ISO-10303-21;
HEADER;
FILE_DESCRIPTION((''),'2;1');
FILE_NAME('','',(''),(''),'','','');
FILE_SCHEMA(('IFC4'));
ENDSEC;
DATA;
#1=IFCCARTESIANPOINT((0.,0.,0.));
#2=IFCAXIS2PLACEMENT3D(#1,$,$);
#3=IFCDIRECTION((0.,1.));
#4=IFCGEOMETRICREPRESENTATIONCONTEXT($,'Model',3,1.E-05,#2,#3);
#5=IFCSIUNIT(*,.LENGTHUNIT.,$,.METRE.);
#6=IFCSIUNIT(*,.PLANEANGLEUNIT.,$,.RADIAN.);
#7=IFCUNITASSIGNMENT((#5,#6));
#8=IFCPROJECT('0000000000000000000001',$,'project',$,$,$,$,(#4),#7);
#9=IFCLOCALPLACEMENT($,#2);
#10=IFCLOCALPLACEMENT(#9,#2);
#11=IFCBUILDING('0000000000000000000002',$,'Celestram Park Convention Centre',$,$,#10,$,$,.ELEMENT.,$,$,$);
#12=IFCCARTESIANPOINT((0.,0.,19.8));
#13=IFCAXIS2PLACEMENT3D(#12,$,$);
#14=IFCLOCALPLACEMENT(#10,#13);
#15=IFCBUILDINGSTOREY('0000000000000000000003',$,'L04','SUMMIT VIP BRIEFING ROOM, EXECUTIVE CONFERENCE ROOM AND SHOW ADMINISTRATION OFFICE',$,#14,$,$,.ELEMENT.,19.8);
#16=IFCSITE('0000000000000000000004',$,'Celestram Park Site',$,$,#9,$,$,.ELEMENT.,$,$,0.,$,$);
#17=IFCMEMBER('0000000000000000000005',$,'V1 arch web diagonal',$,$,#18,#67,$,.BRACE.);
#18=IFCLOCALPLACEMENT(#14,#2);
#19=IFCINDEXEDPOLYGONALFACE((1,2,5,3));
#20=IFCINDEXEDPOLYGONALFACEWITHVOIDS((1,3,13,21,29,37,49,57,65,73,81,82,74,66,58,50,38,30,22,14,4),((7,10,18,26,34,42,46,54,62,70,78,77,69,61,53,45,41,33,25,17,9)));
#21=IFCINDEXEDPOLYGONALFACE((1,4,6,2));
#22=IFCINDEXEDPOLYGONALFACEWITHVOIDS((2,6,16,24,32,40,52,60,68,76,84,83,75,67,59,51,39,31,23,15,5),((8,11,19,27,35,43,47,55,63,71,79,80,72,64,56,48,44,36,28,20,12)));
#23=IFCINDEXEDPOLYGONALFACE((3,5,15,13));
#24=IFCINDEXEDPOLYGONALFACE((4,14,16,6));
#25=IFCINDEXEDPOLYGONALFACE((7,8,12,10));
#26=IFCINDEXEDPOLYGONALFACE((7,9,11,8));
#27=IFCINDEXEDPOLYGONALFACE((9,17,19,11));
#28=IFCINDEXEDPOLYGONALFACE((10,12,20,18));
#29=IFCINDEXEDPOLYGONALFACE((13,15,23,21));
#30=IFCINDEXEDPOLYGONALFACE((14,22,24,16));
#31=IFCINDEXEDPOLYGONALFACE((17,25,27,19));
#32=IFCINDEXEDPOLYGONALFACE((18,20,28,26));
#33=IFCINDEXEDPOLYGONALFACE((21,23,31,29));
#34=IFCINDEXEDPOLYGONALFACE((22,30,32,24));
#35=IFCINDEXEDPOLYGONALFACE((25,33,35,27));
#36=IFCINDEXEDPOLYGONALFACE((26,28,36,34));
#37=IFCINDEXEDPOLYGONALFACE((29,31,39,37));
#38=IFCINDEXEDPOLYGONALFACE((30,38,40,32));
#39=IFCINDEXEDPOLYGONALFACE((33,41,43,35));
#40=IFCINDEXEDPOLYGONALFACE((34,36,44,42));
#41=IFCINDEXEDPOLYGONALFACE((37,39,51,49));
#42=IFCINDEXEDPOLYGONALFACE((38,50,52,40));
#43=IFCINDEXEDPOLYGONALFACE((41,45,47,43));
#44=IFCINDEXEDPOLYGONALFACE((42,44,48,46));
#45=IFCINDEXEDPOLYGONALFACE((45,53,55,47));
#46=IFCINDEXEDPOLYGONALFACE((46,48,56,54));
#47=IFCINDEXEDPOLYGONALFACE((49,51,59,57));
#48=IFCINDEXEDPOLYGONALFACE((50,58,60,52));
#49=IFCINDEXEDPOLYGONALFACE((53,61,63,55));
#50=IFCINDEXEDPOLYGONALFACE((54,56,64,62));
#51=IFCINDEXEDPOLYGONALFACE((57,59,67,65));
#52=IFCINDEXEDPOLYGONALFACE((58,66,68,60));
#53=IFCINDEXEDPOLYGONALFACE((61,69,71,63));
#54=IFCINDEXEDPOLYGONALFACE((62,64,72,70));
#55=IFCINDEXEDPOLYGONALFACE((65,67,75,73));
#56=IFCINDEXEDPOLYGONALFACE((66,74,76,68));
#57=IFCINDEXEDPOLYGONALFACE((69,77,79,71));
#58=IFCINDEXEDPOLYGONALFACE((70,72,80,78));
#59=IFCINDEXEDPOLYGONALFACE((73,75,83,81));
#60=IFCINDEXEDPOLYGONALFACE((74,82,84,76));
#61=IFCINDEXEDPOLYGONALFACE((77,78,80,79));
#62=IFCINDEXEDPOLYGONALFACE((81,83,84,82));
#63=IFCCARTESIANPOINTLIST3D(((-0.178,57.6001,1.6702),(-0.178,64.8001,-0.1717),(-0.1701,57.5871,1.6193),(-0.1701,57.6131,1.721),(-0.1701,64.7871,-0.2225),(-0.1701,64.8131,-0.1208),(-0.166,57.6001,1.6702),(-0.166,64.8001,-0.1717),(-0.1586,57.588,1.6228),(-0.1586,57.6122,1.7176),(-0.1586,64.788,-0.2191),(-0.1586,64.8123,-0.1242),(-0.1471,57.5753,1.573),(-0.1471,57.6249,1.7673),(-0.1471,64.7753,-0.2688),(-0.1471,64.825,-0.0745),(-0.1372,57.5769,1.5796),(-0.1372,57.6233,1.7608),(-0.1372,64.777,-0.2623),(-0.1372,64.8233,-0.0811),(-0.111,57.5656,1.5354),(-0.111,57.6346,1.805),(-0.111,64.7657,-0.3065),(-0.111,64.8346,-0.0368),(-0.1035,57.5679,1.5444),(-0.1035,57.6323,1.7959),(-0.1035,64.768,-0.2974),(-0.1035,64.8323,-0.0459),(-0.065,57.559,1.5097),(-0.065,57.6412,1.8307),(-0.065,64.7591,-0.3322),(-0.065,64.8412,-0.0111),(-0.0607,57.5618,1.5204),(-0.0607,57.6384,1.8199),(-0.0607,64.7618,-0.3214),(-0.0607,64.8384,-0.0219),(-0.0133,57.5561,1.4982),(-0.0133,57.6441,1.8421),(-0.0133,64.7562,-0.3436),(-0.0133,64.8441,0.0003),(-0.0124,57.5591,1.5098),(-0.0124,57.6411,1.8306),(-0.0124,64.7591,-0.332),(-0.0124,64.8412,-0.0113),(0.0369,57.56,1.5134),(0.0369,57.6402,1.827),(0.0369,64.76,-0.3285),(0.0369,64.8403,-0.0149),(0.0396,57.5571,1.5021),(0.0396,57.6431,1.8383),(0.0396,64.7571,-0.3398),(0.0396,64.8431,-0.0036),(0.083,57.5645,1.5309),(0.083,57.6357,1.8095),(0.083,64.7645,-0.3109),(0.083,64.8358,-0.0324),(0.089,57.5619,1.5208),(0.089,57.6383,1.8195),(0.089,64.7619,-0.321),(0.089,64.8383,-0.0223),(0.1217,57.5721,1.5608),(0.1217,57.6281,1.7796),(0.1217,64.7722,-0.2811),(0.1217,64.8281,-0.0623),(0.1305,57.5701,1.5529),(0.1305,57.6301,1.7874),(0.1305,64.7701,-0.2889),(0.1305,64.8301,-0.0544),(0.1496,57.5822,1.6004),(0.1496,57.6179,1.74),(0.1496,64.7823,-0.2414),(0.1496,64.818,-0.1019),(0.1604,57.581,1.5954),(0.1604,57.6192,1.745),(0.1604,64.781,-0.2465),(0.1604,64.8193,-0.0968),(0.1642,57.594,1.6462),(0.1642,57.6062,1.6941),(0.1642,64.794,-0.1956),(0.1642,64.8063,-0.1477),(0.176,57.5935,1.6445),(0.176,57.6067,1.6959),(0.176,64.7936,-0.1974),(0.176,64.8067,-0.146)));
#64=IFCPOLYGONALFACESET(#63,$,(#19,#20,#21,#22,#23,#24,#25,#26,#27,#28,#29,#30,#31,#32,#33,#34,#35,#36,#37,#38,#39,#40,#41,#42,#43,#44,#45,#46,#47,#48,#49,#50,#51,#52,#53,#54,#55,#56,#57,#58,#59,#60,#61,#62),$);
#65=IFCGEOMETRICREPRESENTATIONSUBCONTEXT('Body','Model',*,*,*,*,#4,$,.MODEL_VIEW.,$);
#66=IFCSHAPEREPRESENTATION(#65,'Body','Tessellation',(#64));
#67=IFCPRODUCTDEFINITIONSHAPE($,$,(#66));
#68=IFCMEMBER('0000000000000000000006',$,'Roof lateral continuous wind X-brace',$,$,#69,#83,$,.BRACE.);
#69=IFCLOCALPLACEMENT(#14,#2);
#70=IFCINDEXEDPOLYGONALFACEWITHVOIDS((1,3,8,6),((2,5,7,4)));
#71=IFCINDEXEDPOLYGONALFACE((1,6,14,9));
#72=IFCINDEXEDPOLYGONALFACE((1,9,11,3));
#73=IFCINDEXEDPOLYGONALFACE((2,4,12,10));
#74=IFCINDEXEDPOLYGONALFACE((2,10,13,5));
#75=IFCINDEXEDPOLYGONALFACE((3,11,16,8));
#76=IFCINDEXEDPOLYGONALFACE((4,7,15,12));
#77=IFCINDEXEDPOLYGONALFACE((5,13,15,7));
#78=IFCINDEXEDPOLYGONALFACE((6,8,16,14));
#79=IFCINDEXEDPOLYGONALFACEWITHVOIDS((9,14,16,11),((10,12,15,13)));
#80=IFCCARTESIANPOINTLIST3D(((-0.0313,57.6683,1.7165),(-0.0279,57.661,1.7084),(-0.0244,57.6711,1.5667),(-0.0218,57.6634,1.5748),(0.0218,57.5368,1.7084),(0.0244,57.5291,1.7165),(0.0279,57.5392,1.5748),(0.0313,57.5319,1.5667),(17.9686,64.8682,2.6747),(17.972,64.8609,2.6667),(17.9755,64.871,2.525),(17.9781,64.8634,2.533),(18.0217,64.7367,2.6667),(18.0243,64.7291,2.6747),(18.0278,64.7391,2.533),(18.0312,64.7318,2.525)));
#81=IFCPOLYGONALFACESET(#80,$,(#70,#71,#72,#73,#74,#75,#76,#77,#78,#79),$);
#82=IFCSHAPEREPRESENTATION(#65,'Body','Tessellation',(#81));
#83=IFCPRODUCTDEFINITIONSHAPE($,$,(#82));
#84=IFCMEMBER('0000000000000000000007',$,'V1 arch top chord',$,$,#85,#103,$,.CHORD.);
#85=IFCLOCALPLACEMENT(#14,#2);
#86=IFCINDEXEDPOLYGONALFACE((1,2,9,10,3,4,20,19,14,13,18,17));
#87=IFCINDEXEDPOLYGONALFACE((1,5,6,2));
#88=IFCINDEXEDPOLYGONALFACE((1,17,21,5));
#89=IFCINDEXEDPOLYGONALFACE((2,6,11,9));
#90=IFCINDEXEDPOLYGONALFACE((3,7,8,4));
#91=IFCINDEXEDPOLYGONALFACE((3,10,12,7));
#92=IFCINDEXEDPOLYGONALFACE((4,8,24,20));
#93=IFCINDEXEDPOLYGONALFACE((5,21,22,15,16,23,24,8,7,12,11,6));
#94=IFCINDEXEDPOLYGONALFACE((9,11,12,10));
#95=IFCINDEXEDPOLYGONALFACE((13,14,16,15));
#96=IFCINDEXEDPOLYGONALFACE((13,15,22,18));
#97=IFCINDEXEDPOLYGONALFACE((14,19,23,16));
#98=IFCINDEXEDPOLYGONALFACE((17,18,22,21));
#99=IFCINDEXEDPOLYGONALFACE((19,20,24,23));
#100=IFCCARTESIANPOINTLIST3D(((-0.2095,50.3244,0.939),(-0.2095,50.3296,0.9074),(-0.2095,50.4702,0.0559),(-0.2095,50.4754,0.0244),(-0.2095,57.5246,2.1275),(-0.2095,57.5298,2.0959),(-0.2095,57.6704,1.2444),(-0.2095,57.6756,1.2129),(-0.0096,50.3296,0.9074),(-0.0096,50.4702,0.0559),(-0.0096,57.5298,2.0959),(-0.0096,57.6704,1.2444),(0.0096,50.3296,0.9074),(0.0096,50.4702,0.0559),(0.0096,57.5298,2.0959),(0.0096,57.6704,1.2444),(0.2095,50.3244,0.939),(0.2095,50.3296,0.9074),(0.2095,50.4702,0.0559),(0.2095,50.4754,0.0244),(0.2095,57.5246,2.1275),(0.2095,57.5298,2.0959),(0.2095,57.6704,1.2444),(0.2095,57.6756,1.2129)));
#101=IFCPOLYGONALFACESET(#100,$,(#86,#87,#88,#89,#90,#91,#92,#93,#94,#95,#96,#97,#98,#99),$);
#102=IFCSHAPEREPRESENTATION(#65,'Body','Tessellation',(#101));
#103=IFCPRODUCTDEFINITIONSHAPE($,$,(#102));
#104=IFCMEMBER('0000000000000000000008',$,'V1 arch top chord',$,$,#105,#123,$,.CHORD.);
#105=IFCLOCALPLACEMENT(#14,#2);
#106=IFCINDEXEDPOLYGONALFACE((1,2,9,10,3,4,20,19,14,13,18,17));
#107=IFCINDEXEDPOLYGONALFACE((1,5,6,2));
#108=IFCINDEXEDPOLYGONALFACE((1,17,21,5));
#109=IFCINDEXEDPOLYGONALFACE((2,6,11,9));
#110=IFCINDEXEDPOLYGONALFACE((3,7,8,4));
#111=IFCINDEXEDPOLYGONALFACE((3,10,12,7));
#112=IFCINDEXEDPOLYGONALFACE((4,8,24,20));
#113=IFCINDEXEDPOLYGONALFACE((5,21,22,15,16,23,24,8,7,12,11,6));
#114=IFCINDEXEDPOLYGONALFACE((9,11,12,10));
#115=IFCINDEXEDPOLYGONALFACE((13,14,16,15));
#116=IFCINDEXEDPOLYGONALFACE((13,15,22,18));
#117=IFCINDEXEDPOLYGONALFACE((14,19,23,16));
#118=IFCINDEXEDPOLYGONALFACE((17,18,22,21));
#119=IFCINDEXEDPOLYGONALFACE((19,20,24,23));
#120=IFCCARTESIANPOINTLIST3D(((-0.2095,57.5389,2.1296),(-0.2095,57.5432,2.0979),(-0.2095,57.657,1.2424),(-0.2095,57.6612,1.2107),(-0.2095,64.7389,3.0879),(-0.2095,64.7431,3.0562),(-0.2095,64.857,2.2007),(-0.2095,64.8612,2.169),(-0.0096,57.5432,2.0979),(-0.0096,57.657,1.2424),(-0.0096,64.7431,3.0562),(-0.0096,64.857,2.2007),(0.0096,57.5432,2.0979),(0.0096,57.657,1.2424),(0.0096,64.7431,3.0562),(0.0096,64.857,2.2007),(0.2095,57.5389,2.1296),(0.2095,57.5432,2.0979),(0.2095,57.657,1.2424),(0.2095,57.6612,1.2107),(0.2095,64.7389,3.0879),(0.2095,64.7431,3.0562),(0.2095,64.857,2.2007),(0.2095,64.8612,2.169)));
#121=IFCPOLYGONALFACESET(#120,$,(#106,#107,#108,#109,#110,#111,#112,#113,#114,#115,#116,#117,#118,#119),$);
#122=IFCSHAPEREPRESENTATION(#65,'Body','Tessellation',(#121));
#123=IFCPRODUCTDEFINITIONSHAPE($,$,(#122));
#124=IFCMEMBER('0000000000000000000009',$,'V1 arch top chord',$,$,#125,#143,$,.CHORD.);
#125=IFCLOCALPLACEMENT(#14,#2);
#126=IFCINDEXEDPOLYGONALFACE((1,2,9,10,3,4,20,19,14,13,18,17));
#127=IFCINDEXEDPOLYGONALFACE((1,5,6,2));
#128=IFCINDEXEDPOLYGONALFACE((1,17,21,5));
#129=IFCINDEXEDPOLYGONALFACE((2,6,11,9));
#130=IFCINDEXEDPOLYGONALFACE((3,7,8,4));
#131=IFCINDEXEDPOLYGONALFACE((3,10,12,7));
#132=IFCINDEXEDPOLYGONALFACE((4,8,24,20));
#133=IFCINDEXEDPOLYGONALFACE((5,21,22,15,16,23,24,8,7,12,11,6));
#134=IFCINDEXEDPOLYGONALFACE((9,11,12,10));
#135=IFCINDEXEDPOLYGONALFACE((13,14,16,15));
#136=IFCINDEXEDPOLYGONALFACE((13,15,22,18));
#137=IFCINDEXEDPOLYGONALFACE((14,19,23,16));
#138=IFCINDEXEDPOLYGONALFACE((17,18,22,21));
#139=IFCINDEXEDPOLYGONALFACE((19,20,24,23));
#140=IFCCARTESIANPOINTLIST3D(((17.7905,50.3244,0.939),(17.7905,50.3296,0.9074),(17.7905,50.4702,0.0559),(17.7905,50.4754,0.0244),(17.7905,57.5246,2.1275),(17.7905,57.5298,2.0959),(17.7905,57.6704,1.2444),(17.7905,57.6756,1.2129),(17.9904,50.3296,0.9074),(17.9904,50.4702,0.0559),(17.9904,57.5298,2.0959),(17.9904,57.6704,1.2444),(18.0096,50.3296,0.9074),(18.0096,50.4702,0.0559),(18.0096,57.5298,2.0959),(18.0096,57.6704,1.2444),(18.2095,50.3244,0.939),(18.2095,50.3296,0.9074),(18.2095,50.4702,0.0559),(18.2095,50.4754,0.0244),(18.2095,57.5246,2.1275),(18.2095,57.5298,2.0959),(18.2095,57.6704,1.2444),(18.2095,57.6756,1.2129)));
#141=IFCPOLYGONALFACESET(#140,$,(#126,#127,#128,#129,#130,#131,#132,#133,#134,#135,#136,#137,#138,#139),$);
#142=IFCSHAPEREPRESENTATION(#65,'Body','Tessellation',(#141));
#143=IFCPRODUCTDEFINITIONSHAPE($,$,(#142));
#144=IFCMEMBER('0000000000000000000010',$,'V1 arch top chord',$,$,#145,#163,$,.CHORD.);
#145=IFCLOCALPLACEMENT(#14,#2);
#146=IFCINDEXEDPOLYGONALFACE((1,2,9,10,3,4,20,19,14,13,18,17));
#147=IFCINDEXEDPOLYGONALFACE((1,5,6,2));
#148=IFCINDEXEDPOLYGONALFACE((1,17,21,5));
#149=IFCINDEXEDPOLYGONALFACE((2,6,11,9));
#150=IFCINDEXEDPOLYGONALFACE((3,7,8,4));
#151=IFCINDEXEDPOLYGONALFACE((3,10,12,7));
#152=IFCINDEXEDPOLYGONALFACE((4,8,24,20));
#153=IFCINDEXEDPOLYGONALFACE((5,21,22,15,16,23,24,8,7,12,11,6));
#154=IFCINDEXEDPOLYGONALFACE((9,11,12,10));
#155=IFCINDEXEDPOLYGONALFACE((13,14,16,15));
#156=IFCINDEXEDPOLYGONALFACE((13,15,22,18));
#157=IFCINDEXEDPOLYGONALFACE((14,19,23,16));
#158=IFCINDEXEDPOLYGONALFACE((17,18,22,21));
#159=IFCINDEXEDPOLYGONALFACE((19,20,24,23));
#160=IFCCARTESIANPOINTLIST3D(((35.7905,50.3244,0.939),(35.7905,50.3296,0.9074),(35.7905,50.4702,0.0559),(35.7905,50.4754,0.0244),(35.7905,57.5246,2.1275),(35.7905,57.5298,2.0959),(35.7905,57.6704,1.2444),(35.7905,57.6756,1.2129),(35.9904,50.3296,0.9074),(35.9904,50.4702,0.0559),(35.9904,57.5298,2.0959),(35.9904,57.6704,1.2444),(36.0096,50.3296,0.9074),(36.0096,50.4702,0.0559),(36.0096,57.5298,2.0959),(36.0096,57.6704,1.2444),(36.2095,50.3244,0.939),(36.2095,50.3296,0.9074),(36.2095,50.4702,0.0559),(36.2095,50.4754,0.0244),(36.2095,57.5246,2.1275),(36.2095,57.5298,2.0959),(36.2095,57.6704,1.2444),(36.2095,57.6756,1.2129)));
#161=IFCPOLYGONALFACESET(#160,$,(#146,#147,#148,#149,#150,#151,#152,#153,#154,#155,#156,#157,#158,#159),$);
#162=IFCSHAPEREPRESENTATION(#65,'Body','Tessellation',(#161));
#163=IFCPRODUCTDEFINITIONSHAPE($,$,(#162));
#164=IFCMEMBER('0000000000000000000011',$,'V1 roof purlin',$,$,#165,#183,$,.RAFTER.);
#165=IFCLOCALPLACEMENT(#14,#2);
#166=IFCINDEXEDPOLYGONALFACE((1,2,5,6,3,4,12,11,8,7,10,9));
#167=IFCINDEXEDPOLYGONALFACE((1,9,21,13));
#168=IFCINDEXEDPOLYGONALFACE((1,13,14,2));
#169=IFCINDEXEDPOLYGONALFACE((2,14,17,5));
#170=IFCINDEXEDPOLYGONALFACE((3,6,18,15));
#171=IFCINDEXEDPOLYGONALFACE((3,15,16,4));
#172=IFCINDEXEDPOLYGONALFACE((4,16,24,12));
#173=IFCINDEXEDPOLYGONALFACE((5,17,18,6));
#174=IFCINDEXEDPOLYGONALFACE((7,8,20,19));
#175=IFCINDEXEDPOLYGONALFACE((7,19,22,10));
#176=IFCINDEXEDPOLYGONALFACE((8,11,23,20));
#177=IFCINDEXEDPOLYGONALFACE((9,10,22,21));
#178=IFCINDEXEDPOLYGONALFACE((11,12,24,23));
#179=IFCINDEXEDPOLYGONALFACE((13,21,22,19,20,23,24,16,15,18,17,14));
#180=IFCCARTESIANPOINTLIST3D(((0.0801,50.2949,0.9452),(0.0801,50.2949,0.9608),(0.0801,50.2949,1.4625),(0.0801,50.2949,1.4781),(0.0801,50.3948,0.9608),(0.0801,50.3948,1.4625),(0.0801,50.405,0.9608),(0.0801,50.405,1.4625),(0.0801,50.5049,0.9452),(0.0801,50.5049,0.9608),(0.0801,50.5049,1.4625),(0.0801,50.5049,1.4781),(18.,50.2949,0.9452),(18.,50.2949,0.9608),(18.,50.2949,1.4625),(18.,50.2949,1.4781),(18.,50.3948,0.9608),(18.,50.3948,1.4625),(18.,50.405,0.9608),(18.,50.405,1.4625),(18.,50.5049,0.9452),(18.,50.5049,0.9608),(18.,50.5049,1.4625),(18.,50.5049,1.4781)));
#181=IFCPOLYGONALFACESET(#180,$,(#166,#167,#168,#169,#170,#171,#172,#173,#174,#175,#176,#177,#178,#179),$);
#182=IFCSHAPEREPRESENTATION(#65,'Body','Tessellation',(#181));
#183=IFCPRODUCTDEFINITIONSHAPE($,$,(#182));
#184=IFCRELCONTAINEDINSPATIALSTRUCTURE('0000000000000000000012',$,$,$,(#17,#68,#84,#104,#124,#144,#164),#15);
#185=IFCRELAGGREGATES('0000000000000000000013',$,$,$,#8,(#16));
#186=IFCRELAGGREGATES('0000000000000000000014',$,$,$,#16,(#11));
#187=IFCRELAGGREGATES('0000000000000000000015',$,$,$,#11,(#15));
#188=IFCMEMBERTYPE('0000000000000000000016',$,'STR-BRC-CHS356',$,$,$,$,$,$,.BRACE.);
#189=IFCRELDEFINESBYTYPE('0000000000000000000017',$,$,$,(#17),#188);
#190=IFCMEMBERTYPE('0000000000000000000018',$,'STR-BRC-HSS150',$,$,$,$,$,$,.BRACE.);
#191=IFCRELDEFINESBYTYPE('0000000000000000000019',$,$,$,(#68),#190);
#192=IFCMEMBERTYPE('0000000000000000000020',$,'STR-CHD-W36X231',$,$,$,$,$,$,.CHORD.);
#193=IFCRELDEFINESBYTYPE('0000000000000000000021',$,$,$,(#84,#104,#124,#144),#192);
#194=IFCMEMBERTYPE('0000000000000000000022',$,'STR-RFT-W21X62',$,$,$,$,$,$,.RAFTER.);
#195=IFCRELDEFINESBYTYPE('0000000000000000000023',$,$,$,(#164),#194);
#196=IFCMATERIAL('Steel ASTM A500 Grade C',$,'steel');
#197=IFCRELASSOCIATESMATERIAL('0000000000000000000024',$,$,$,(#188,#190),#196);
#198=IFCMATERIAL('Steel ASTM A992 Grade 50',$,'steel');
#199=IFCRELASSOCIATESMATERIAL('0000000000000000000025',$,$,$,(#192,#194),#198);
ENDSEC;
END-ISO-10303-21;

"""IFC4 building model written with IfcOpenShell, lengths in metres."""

from ifc_helpers import new_model, si_unit, direction, frame, origin, origin_2d, place, context, subcontext, project, spatial, hollow_rectangle, hollow_circle, i_section, extrude, material, material_profile, profile_set, type_object, element, save


model = new_model("IFC4")

# Units and contexts
model_context = context("Model", 3, precision=1e-05, world=origin(), true_north=direction((0.0, 1.0)))
body_context = subcontext(model_context, "Body", "Model", "MODEL_VIEW")
ifc_project = project(units=[si_unit("LENGTHUNIT", "METRE"), si_unit("PLANEANGLEUNIT", "RADIAN")], contexts=[model_context])

# Site, building, storey
site_placement = place(None, origin())
site = spatial("IfcSite", under=ifc_project, at=site_placement, Name="Celestram Park Site", CompositionType="ELEMENT", RefElevation=0.0)
building_placement = place(site_placement, origin())
building = spatial("IfcBuilding", under=site, at=building_placement, Name="Celestram Park Convention Centre", CompositionType="ELEMENT")
storey_placement = place(building_placement, frame((0.0, 0.0, 19.8)))
storey = spatial("IfcBuildingStorey", under=building, at=storey_placement, Name="L04", Description="SUMMIT VIP BRIEFING ROOM, EXECUTIVE CONFERENCE ROOM AND SHOW ADMINISTRATION OFFICE", CompositionType="ELEMENT", Elevation=19.8)

# Members
ifc_material_1 = material(Name="Steel ASTM A500 Grade C", Category="steel")
ifc_material_profile_1 = material_profile(ifc_material_1, hollow_circle(Radius=0.178, WallThickness=0.012, at=origin_2d()), Name="CHS356X12")
ifc_profile_set_1 = profile_set([ifc_material_profile_1], Name="Steel ASTM A500 Grade C")
member_type_1 = type_object("IfcMemberType", Name="STR-BRC-CHS356", PredefinedType="BRACE", material=ifc_profile_set_1)
member_1_placement = place(storey_placement, frame((0.0, 57.6001, 1.6702), z_axis=(0.0, 0.968804, -0.247827), x_axis=(-1.0, 0.0, 0.0)))
element("IfcMember", 1, at=member_1_placement, inside=storey, type_object=member_type_1, Name="V1 arch web diagonal", PredefinedType="BRACE", context=body_context, shape_type="SweptSolid", body=[
    extrude(hollow_circle(Radius=0.178, WallThickness=0.012, at=origin_2d()), origin(), (0.0, 0.0, 1.0), 7.4319),
])
ifc_material_profile_2 = material_profile(ifc_material_1, hollow_rectangle(XDim=0.1499, YDim=0.1499, WallThickness=0.0081, at=origin_2d()), Name="HSS150X150X8")
ifc_profile_set_2 = profile_set([ifc_material_profile_2], Name="Steel ASTM A500 Grade C")
member_type_2 = type_object("IfcMemberType", Name="STR-BRC-HSS150", PredefinedType="BRACE", material=ifc_profile_set_2)
member_2_placement = place(storey_placement, frame((0.0, 57.6001, 1.6416), z_axis=(0.927345, 0.370936, 0.049368), x_axis=(-0.371389, 0.928478, 0.0)))
element("IfcMember", 2, at=member_2_placement, inside=storey, type_object=member_type_2, Name="Roof lateral continuous wind X-brace", PredefinedType="BRACE", context=body_context, shape_type="SweptSolid", body=[
    extrude(hollow_rectangle(XDim=0.1499, YDim=0.1499, WallThickness=0.0081, at=origin_2d()), origin(), (0.0, 0.0, 1.0), 19.4102),
])
ifc_material_2 = material(Name="Steel ASTM A992 Grade 50", Category="steel")
ifc_material_profile_3 = material_profile(ifc_material_2, i_section(OverallWidth=0.4189, OverallDepth=0.927, WebThickness=0.0193, FlangeThickness=0.032, at=origin_2d()), Name="W36X231")
ifc_profile_set_3 = profile_set([ifc_material_profile_3], Name="Steel ASTM A992 Grade 50")
member_type_3 = type_object("IfcMemberType", Name="STR-CHD-W36X231", PredefinedType="CHORD", material=ifc_profile_set_3)
member_3_placement = place(storey_placement, frame((0.0, 50.3999, 0.4817), z_axis=(0.0, 0.98665, 0.162858), x_axis=(-1.0, 0.0, 0.0)))
element("IfcMember", 3, at=member_3_placement, inside=storey, type_object=member_type_3, Name="V1 arch top chord", PredefinedType="CHORD", context=body_context, shape_type="SweptSolid", body=[
    extrude(i_section(OverallWidth=0.4189, OverallDepth=0.927, WebThickness=0.0193, FlangeThickness=0.032, at=origin_2d()), origin(), (0.0, 0.0, 1.0), 7.2976),
])
member_4_placement = place(storey_placement, frame((0.0, 57.6001, 1.6702), z_axis=(0.0, 0.991259, 0.131928), x_axis=(-1.0, 0.0, 0.0)))
element("IfcMember", 4, at=member_4_placement, inside=storey, type_object=member_type_3, Name="V1 arch top chord", PredefinedType="CHORD", context=body_context, shape_type="SweptSolid", body=[
    extrude(i_section(OverallWidth=0.4189, OverallDepth=0.927, WebThickness=0.0193, FlangeThickness=0.032, at=origin_2d()), origin(), (0.0, 0.0, 1.0), 7.2634),
])
for number, where, z_axis, x_axis, name in (
    (5, (18.0, 50.3999, 0.4817), (0.0, 0.98665, 0.162858), (-1.0, 0.0, 0.0), "V1 arch top chord"),
    (6, (36.0, 50.3999, 0.4817), (0.0, 0.98665, 0.162858), (-1.0, 0.0, 0.0), "V1 arch top chord"),
):
    element("IfcMember", number, at=place(storey_placement, frame(where, z_axis=z_axis, x_axis=x_axis)), inside=storey, type_object=member_type_3, Name=name, PredefinedType="CHORD", context=body_context, shape_type="SweptSolid", body=[
        extrude(i_section(OverallWidth=0.4189, OverallDepth=0.927, WebThickness=0.0193, FlangeThickness=0.032, at=origin_2d()), origin(), (0.0, 0.0, 1.0), 7.2976),
    ])
ifc_material_profile_4 = material_profile(ifc_material_2, i_section(OverallWidth=0.21, OverallDepth=0.533, WebThickness=0.0103, FlangeThickness=0.0156, at=origin_2d()), Name="W21X62")
ifc_profile_set_4 = profile_set([ifc_material_profile_4], Name="Steel ASTM A992 Grade 50")
member_type_4 = type_object("IfcMemberType", Name="STR-RFT-W21X62", PredefinedType="RAFTER", material=ifc_profile_set_4)
member_5_placement = place(storey_placement, frame((0.0801, 50.3999, 1.2117), z_axis=(1.0, 0.0, 0.0), x_axis=(0.0, 1.0, 0.0)))
element("IfcMember", 7, at=member_5_placement, inside=storey, type_object=member_type_4, Name="V1 roof purlin", PredefinedType="RAFTER", context=body_context, shape_type="SweptSolid", body=[
    extrude(i_section(OverallWidth=0.21, OverallDepth=0.533, WebThickness=0.0103, FlangeThickness=0.0156, at=origin_2d()), origin(), (0.0, 0.0, 1.0), 17.9199),
])

save(model, "model.ifc")
